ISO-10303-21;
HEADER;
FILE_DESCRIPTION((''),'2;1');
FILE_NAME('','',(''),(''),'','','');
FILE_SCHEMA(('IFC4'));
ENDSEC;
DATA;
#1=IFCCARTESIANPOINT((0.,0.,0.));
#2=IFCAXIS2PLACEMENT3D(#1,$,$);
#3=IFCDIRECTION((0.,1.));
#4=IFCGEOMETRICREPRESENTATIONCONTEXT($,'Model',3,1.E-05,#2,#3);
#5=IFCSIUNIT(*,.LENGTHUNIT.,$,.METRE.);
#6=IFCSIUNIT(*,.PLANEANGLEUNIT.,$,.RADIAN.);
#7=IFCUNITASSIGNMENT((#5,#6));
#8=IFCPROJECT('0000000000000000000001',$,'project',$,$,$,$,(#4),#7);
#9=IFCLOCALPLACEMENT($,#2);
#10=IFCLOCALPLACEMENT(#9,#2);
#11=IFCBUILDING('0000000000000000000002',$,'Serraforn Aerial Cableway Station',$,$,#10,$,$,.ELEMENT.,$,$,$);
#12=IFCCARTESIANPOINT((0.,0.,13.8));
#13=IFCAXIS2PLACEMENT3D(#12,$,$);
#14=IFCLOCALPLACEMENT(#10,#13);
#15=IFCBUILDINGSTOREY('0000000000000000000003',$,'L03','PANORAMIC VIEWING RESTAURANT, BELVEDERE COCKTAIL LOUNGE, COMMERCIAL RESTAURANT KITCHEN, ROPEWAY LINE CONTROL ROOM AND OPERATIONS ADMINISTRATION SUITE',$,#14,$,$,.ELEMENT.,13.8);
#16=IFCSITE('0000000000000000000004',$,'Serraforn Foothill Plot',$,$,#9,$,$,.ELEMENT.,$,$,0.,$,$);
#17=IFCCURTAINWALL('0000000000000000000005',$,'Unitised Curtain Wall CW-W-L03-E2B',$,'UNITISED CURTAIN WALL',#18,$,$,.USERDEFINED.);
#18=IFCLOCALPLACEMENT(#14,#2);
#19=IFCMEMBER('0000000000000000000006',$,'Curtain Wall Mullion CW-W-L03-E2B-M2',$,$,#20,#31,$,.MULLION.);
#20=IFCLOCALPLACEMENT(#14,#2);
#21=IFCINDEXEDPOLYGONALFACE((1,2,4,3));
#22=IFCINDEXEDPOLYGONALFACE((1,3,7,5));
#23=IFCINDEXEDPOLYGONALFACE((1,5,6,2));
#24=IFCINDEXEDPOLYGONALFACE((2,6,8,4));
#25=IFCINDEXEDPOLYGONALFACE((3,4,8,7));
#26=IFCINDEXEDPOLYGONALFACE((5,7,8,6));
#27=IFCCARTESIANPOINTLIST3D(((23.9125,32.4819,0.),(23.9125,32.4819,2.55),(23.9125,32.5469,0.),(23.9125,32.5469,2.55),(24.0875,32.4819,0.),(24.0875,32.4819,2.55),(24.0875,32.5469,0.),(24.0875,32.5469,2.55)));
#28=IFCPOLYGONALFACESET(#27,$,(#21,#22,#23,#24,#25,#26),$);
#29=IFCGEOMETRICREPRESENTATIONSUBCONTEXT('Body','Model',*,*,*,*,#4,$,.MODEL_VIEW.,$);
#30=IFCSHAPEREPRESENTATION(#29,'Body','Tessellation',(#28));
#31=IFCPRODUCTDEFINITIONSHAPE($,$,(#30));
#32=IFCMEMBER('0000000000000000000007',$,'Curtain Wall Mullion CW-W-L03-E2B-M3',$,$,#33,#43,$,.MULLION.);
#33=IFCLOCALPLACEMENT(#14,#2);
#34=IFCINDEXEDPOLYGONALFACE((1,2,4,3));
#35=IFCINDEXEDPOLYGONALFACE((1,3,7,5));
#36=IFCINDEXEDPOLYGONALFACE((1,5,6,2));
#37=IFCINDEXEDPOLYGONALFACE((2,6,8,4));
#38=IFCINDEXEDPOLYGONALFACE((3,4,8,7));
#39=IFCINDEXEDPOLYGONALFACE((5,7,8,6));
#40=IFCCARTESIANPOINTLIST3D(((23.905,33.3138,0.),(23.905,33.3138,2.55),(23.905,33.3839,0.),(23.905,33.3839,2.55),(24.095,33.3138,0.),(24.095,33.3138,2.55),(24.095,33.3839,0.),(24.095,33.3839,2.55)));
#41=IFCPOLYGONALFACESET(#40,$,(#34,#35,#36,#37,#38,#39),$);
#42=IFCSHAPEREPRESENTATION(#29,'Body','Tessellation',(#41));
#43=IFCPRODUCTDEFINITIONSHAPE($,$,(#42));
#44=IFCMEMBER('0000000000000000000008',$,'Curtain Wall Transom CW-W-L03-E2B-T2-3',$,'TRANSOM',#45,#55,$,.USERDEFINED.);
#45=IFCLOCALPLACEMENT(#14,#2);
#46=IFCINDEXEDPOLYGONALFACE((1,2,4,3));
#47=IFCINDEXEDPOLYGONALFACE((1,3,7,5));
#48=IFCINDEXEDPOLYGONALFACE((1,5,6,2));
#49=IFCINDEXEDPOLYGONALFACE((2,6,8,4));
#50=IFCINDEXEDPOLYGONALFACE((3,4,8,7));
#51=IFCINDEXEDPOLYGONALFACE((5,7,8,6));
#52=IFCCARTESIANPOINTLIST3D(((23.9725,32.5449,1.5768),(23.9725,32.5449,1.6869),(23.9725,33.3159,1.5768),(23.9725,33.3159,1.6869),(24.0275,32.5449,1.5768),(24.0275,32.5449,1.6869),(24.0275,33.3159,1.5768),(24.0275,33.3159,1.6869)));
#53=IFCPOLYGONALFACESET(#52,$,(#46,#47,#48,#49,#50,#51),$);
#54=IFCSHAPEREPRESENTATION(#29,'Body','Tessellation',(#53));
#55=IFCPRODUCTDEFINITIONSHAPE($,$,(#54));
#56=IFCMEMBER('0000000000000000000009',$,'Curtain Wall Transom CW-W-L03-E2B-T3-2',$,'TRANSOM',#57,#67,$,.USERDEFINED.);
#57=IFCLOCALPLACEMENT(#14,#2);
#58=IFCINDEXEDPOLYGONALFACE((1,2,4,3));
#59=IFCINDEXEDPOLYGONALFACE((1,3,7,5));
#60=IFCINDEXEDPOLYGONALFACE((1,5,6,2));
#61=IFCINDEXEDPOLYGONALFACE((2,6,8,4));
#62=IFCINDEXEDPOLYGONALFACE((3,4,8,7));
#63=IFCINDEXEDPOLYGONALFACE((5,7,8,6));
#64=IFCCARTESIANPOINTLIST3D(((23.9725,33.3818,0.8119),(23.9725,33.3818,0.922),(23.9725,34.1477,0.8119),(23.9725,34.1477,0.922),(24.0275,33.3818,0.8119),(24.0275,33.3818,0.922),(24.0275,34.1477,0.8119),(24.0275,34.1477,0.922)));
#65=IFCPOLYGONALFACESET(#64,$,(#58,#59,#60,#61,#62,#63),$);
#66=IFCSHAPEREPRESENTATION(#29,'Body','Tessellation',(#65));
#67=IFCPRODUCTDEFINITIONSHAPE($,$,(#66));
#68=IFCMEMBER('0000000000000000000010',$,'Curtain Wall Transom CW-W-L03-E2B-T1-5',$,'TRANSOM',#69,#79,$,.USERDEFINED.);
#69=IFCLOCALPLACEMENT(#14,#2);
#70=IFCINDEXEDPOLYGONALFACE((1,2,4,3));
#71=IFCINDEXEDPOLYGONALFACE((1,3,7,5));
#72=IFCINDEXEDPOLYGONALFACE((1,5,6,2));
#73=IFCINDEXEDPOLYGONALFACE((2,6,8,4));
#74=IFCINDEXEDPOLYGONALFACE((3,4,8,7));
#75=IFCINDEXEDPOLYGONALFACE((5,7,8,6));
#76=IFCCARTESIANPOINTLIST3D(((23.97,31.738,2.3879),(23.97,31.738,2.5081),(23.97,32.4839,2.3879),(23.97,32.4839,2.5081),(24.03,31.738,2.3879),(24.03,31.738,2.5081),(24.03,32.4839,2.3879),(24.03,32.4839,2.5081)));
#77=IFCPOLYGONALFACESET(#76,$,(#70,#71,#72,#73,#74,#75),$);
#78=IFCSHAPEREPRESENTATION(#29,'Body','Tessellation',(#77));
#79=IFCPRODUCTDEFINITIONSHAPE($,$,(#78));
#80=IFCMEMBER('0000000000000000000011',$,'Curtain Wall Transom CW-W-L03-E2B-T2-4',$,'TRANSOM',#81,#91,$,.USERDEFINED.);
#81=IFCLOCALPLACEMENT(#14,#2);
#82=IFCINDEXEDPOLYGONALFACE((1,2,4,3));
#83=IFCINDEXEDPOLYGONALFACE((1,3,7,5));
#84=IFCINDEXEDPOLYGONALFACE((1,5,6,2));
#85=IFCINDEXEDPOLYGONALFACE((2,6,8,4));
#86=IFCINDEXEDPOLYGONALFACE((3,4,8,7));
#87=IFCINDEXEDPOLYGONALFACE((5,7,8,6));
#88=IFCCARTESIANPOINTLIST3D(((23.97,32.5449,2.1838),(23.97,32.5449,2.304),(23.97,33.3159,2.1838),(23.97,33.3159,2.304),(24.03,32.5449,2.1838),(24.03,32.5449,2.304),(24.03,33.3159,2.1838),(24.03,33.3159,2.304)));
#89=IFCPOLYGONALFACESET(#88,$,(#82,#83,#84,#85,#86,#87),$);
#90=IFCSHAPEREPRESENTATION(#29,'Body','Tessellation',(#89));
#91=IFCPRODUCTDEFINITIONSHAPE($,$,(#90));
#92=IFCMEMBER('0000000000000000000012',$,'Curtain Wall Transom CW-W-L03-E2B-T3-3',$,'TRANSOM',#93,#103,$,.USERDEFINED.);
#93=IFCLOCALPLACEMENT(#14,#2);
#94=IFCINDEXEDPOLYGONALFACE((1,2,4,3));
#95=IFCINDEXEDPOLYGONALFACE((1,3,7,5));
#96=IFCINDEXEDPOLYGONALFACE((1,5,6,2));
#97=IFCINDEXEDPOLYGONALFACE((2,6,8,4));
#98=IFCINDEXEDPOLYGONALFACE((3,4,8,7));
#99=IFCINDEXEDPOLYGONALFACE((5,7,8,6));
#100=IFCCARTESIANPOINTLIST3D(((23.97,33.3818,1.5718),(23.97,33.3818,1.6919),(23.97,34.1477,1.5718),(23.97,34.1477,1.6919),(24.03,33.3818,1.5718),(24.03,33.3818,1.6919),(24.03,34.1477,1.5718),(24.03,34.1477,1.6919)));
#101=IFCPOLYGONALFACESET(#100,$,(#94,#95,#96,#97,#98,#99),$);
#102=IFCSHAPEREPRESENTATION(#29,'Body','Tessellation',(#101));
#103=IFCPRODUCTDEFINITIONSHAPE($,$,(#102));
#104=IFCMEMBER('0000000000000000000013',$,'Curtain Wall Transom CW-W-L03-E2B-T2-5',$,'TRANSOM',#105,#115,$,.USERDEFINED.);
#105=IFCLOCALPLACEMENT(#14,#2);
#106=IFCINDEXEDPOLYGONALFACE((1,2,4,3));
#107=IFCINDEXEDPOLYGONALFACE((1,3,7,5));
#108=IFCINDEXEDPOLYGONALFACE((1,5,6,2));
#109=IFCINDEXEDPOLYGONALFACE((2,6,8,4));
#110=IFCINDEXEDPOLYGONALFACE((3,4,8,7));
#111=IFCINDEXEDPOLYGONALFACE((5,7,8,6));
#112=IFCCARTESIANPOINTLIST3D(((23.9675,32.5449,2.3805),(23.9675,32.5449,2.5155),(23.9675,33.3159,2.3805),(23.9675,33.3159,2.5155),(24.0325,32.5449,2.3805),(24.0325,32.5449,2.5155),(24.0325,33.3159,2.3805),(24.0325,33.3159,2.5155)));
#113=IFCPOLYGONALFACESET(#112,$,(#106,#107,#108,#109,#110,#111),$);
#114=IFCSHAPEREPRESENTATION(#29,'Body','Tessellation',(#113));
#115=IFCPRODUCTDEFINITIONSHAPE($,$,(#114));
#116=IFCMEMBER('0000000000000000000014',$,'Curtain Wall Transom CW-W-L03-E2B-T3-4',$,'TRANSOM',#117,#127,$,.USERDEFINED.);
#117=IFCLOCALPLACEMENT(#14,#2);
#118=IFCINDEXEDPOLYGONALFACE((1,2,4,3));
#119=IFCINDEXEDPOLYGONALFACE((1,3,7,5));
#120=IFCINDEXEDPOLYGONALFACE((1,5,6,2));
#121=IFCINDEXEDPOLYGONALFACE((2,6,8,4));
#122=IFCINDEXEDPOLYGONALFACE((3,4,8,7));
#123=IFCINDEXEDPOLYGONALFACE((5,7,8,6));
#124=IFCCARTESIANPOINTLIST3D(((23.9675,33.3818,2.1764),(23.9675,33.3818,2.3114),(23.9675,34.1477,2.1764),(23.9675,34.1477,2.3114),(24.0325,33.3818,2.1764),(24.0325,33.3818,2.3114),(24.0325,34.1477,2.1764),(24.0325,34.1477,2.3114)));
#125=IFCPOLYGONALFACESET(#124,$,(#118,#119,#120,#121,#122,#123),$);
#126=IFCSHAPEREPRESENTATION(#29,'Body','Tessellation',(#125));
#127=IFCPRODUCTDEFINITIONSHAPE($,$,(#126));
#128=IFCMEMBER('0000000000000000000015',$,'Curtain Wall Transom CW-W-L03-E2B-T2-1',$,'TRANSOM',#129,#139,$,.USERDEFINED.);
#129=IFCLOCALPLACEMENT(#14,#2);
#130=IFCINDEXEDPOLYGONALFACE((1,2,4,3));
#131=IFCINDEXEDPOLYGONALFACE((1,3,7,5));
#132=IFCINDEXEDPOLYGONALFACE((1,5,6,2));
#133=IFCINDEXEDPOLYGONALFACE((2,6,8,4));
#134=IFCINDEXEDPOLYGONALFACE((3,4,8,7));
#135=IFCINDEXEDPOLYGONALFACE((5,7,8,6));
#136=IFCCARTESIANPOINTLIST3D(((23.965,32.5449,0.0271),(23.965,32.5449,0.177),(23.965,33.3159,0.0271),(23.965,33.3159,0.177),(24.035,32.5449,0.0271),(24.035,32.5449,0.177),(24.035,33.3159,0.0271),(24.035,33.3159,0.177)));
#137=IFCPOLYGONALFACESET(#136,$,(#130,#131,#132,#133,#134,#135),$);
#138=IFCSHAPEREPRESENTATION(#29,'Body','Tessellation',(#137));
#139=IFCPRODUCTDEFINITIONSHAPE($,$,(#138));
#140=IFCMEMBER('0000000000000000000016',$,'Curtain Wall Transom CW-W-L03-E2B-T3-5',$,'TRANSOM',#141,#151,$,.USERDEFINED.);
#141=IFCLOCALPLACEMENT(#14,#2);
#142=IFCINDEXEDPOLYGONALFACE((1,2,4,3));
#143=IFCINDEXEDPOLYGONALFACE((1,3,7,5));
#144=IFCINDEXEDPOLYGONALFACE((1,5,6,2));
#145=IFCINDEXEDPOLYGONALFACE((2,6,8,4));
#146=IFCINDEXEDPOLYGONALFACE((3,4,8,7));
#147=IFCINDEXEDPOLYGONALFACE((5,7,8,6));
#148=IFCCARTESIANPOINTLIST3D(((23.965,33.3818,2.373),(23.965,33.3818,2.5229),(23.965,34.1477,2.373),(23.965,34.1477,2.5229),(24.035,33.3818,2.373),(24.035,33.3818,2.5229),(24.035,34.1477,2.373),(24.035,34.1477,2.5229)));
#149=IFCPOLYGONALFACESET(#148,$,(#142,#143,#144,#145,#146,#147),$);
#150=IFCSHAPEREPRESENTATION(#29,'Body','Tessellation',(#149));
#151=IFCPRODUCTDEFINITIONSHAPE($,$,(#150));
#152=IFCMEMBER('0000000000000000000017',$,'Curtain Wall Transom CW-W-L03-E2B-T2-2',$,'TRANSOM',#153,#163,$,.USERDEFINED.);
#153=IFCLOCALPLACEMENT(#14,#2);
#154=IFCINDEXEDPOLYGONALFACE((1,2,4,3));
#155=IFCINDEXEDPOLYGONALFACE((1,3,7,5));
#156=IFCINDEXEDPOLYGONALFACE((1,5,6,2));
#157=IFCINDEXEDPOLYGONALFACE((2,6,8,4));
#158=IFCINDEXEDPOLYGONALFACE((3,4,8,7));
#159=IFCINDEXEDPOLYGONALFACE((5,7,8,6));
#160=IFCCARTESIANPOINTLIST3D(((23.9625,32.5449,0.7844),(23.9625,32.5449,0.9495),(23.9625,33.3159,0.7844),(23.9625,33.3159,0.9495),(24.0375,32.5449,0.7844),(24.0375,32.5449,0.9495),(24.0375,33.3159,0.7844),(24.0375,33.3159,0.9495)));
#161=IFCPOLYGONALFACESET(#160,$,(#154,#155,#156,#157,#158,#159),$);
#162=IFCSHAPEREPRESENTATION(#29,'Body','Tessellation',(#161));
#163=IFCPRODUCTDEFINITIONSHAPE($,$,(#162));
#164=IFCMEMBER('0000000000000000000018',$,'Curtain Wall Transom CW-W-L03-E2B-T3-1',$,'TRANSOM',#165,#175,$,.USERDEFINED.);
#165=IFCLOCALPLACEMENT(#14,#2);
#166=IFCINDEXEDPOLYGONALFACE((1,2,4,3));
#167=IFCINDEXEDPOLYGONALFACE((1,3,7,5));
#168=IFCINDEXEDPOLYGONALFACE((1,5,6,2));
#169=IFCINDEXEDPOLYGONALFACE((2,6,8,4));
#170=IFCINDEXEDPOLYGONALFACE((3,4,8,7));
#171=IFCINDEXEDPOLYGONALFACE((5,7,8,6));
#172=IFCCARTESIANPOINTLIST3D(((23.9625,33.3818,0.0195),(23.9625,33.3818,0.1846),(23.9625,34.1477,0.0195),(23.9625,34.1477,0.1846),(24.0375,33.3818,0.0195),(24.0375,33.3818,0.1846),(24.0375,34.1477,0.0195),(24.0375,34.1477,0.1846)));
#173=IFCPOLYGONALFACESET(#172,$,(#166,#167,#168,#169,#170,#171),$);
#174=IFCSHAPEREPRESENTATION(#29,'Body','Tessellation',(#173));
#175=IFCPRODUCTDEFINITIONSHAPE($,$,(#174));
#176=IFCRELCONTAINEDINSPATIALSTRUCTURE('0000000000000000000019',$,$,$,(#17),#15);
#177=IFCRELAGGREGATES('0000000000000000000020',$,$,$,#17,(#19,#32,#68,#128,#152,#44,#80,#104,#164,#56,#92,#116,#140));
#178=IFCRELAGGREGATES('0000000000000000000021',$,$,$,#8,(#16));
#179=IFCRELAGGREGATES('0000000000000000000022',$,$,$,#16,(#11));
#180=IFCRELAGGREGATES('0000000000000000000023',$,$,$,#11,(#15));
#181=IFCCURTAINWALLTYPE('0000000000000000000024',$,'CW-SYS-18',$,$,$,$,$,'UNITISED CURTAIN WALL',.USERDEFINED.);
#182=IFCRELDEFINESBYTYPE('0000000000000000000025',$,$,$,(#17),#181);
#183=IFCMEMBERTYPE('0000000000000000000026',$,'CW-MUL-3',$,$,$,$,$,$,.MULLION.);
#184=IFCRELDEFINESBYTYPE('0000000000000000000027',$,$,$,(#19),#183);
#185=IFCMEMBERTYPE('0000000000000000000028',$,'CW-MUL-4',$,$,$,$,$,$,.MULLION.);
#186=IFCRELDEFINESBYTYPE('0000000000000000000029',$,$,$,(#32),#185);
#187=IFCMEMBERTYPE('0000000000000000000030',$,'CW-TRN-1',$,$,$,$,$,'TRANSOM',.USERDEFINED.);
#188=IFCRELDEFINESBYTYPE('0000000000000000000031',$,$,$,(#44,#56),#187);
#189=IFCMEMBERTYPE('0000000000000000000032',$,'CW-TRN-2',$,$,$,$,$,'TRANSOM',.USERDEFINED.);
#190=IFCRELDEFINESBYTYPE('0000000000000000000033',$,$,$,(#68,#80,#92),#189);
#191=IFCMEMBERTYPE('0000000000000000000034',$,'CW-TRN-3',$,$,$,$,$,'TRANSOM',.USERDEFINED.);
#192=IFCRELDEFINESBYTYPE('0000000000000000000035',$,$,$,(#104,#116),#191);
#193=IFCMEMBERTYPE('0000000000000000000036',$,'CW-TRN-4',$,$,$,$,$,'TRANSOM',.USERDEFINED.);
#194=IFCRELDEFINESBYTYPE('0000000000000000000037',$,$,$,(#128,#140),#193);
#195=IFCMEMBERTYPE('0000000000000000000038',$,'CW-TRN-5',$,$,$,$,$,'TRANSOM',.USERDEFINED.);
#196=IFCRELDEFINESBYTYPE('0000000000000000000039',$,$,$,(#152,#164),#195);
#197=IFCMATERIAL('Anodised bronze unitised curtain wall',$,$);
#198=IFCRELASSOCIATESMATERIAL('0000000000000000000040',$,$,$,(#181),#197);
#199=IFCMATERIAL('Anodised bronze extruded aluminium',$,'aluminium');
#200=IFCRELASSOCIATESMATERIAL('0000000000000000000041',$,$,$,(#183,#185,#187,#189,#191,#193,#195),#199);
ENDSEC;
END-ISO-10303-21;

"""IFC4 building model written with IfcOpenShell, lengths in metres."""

from ifc_helpers import new_model, si_unit, direction, frame, origin, origin_2d, place, context, subcontext, project, spatial, rectangle, extrude, material, material_profile, profile_set, type_object, element, aggregate, save


model = new_model("IFC4")

# Units and contexts
model_context = context("Model", 3, precision=1e-05, world=origin(), true_north=direction((0.0, 1.0)))
body_context = subcontext(model_context, "Body", "Model", "MODEL_VIEW")
ifc_project = project(units=[si_unit("LENGTHUNIT", "METRE"), si_unit("PLANEANGLEUNIT", "RADIAN")], contexts=[model_context])

# Site, building, storey
site_placement = place(None, origin())
site = spatial("IfcSite", under=ifc_project, at=site_placement, Name="Serraforn Foothill Plot", CompositionType="ELEMENT", RefElevation=0.0)
building_placement = place(site_placement, origin())
building = spatial("IfcBuilding", under=site, at=building_placement, Name="Serraforn Aerial Cableway Station", CompositionType="ELEMENT")
storey_placement = place(building_placement, frame((0.0, 0.0, 13.8)))
storey = spatial("IfcBuildingStorey", under=building, at=storey_placement, Name="L03", Description="PANORAMIC VIEWING RESTAURANT, BELVEDERE COCKTAIL LOUNGE, COMMERCIAL RESTAURANT KITCHEN, ROPEWAY LINE CONTROL ROOM AND OPERATIONS ADMINISTRATION SUITE", CompositionType="ELEMENT", Elevation=13.8)

# Curtain wall, members
ifc_material_1 = material(Name="Anodised bronze unitised curtain wall")
curtain_wall_type = type_object("IfcCurtainWallType", Name="CW-SYS-18", ElementType="UNITISED CURTAIN WALL", PredefinedType="USERDEFINED", material=ifc_material_1)
curtain_wall_placement = place(storey_placement, origin())
curtain_wall = element("IfcCurtainWall", 1, at=curtain_wall_placement, inside=storey, type_object=curtain_wall_type, Name="Unitised Curtain Wall CW-W-L03-E2B", ObjectType="UNITISED CURTAIN WALL", PredefinedType="USERDEFINED")
ifc_material_2 = material(Name="Anodised bronze extruded aluminium", Category="aluminium")
ifc_material_profile_1 = material_profile(ifc_material_2, rectangle(XDim=0.0649, YDim=0.175, at=origin_2d()), Name="CW MULLION 65x175")
ifc_profile_set_1 = profile_set([ifc_material_profile_1], Name="Anodised bronze extruded aluminium")
member_type_1 = type_object("IfcMemberType", Name="CW-MUL-3", PredefinedType="MULLION", material=ifc_profile_set_1)
member_1_placement = place(storey_placement, frame((24.0, 32.5144, 0.0), z_axis=(0.0, 0.0, 1.0), x_axis=(0.0, 1.0, 0.0)))
member_1 = element("IfcMember", 2, at=member_1_placement, type_object=member_type_1, Name="Curtain Wall Mullion CW-W-L03-E2B-M2", PredefinedType="MULLION", context=body_context, shape_type="SweptSolid", body=[
    extrude(rectangle(XDim=0.0649, YDim=0.175, at=origin_2d()), origin(), (0.0, 0.0, 1.0), 2.55),
])
ifc_material_profile_2 = material_profile(ifc_material_2, rectangle(XDim=0.0701, YDim=0.1899, at=origin_2d()), Name="CW MULLION 70x190")
ifc_profile_set_2 = profile_set([ifc_material_profile_2], Name="Anodised bronze extruded aluminium")
member_type_2 = type_object("IfcMemberType", Name="CW-MUL-4", PredefinedType="MULLION", material=ifc_profile_set_2)
member_2_placement = place(storey_placement, frame((24.0, 33.3489, 0.0), z_axis=(0.0, 0.0, 1.0), x_axis=(0.0, 1.0, 0.0)))
member_2 = element("IfcMember", 3, at=member_2_placement, type_object=member_type_2, Name="Curtain Wall Mullion CW-W-L03-E2B-M3", PredefinedType="MULLION", context=body_context, shape_type="SweptSolid", body=[
    extrude(rectangle(XDim=0.0701, YDim=0.1899, at=origin_2d()), origin(), (0.0, 0.0, 1.0), 2.55),
])
ifc_material_profile_3 = material_profile(ifc_material_2, rectangle(XDim=0.0549, YDim=0.1101, at=origin_2d()), Name="CW TRANSOM 55x110")
ifc_profile_set_3 = profile_set([ifc_material_profile_3], Name="Anodised bronze extruded aluminium")
member_type_3 = type_object("IfcMemberType", Name="CW-TRN-1", ElementType="TRANSOM", PredefinedType="USERDEFINED", material=ifc_profile_set_3)
member_3_placement = place(storey_placement, frame((24.0, 32.5449, 1.6318), z_axis=(0.0, 1.0, 0.0), x_axis=(-1.0, 0.0, 0.0)))
member_3 = element("IfcMember", 4, at=member_3_placement, type_object=member_type_3, Name="Curtain Wall Transom CW-W-L03-E2B-T2-3", ObjectType="TRANSOM", PredefinedType="USERDEFINED", context=body_context, shape_type="SweptSolid", body=[
    extrude(rectangle(XDim=0.0549, YDim=0.1101, at=origin_2d()), origin(), (0.0, 0.0, 1.0), 0.771),
])
member_4_placement = place(storey_placement, frame((24.0, 33.3818, 0.8669), z_axis=(0.0, 1.0, 0.0), x_axis=(-1.0, 0.0, 0.0)))
member_4 = element("IfcMember", 5, at=member_4_placement, type_object=member_type_3, Name="Curtain Wall Transom CW-W-L03-E2B-T3-2", ObjectType="TRANSOM", PredefinedType="USERDEFINED", context=body_context, shape_type="SweptSolid", body=[
    extrude(rectangle(XDim=0.0549, YDim=0.1101, at=origin_2d()), origin(), (0.0, 0.0, 1.0), 0.7659),
])
ifc_material_profile_4 = material_profile(ifc_material_2, rectangle(XDim=0.0601, YDim=0.1201, at=origin_2d()), Name="CW TRANSOM 60x120")
ifc_profile_set_4 = profile_set([ifc_material_profile_4], Name="Anodised bronze extruded aluminium")
member_type_4 = type_object("IfcMemberType", Name="CW-TRN-2", ElementType="TRANSOM", PredefinedType="USERDEFINED", material=ifc_profile_set_4)
member_5_placement = place(storey_placement, frame((24.0, 31.738, 2.448), z_axis=(0.0, 1.0, 0.0), x_axis=(-1.0, 0.0, 0.0)))
member_5 = element("IfcMember", 6, at=member_5_placement, type_object=member_type_4, Name="Curtain Wall Transom CW-W-L03-E2B-T1-5", ObjectType="TRANSOM", PredefinedType="USERDEFINED", context=body_context, shape_type="SweptSolid", body=[
    extrude(rectangle(XDim=0.0601, YDim=0.1201, at=origin_2d()), origin(), (0.0, 0.0, 1.0), 0.7458),
])
member_6_placement = place(storey_placement, frame((24.0, 32.5449, 2.2439), z_axis=(0.0, 1.0, 0.0), x_axis=(-1.0, 0.0, 0.0)))
member_6 = element("IfcMember", 7, at=member_6_placement, type_object=member_type_4, Name="Curtain Wall Transom CW-W-L03-E2B-T2-4", ObjectType="TRANSOM", PredefinedType="USERDEFINED", context=body_context, shape_type="SweptSolid", body=[
    extrude(rectangle(XDim=0.0601, YDim=0.1201, at=origin_2d()), origin(), (0.0, 0.0, 1.0), 0.771),
])
member_7_placement = place(storey_placement, frame((24.0, 33.3818, 1.6318), z_axis=(0.0, 1.0, 0.0), x_axis=(-1.0, 0.0, 0.0)))
member_7 = element("IfcMember", 8, at=member_7_placement, type_object=member_type_4, Name="Curtain Wall Transom CW-W-L03-E2B-T3-3", ObjectType="TRANSOM", PredefinedType="USERDEFINED", context=body_context, shape_type="SweptSolid", body=[
    extrude(rectangle(XDim=0.0601, YDim=0.1201, at=origin_2d()), origin(), (0.0, 0.0, 1.0), 0.7659),
])
ifc_material_profile_5 = material_profile(ifc_material_2, rectangle(XDim=0.0649, YDim=0.135, at=origin_2d()), Name="CW TRANSOM 65x135")
ifc_profile_set_5 = profile_set([ifc_material_profile_5], Name="Anodised bronze extruded aluminium")
member_type_5 = type_object("IfcMemberType", Name="CW-TRN-3", ElementType="TRANSOM", PredefinedType="USERDEFINED", material=ifc_profile_set_5)
member_8_placement = place(storey_placement, frame((24.0, 32.5449, 2.448), z_axis=(0.0, 1.0, 0.0), x_axis=(-1.0, 0.0, 0.0)))
member_8 = element("IfcMember", 9, at=member_8_placement, type_object=member_type_5, Name="Curtain Wall Transom CW-W-L03-E2B-T2-5", ObjectType="TRANSOM", PredefinedType="USERDEFINED", context=body_context, shape_type="SweptSolid", body=[
    extrude(rectangle(XDim=0.0649, YDim=0.135, at=origin_2d()), origin(), (0.0, 0.0, 1.0), 0.771),
])
member_9_placement = place(storey_placement, frame((24.0, 33.3818, 2.2439), z_axis=(0.0, 1.0, 0.0), x_axis=(-1.0, 0.0, 0.0)))
member_9 = element("IfcMember", 10, at=member_9_placement, type_object=member_type_5, Name="Curtain Wall Transom CW-W-L03-E2B-T3-4", ObjectType="TRANSOM", PredefinedType="USERDEFINED", context=body_context, shape_type="SweptSolid", body=[
    extrude(rectangle(XDim=0.0649, YDim=0.135, at=origin_2d()), origin(), (0.0, 0.0, 1.0), 0.7659),
])
ifc_material_profile_6 = material_profile(ifc_material_2, rectangle(XDim=0.0701, YDim=0.1499, at=origin_2d()), Name="CW TRANSOM 70x150")
ifc_profile_set_6 = profile_set([ifc_material_profile_6], Name="Anodised bronze extruded aluminium")
member_type_6 = type_object("IfcMemberType", Name="CW-TRN-4", ElementType="TRANSOM", PredefinedType="USERDEFINED", material=ifc_profile_set_6)
member_10_placement = place(storey_placement, frame((24.0, 32.5449, 0.1021), z_axis=(0.0, 1.0, 0.0), x_axis=(-1.0, 0.0, 0.0)))
member_10 = element("IfcMember", 11, at=member_10_placement, type_object=member_type_6, Name="Curtain Wall Transom CW-W-L03-E2B-T2-1", ObjectType="TRANSOM", PredefinedType="USERDEFINED", context=body_context, shape_type="SweptSolid", body=[
    extrude(rectangle(XDim=0.0701, YDim=0.1499, at=origin_2d()), origin(), (0.0, 0.0, 1.0), 0.771),
])
member_11_placement = place(storey_placement, frame((24.0, 33.3818, 2.448), z_axis=(0.0, 1.0, 0.0), x_axis=(-1.0, 0.0, 0.0)))
member_11 = element("IfcMember", 12, at=member_11_placement, type_object=member_type_6, Name="Curtain Wall Transom CW-W-L03-E2B-T3-5", ObjectType="TRANSOM", PredefinedType="USERDEFINED", context=body_context, shape_type="SweptSolid", body=[
    extrude(rectangle(XDim=0.0701, YDim=0.1499, at=origin_2d()), origin(), (0.0, 0.0, 1.0), 0.7659),
])
ifc_material_profile_7 = material_profile(ifc_material_2, rectangle(XDim=0.075, YDim=0.165, at=origin_2d()), Name="CW TRANSOM 75x165")
ifc_profile_set_7 = profile_set([ifc_material_profile_7], Name="Anodised bronze extruded aluminium")
member_type_7 = type_object("IfcMemberType", Name="CW-TRN-5", ElementType="TRANSOM", PredefinedType="USERDEFINED", material=ifc_profile_set_7)
member_12_placement = place(storey_placement, frame((24.0, 32.5449, 0.8669), z_axis=(0.0, 1.0, 0.0), x_axis=(-1.0, 0.0, 0.0)))
member_12 = element("IfcMember", 13, at=member_12_placement, type_object=member_type_7, Name="Curtain Wall Transom CW-W-L03-E2B-T2-2", ObjectType="TRANSOM", PredefinedType="USERDEFINED", context=body_context, shape_type="SweptSolid", body=[
    extrude(rectangle(XDim=0.075, YDim=0.165, at=origin_2d()), origin(), (0.0, 0.0, 1.0), 0.771),
])
member_13_placement = place(storey_placement, frame((24.0, 33.3818, 0.1021), z_axis=(0.0, 1.0, 0.0), x_axis=(-1.0, 0.0, 0.0)))
member_13 = element("IfcMember", 14, at=member_13_placement, type_object=member_type_7, Name="Curtain Wall Transom CW-W-L03-E2B-T3-1", ObjectType="TRANSOM", PredefinedType="USERDEFINED", context=body_context, shape_type="SweptSolid", body=[
    extrude(rectangle(XDim=0.075, YDim=0.165, at=origin_2d()), origin(), (0.0, 0.0, 1.0), 0.7659),
])
aggregate(curtain_wall, [member_1, member_2, member_5, member_10, member_12, member_3, member_6, member_8, member_13, member_4, member_7, member_9, member_11])

save(model, "model.ifc")
